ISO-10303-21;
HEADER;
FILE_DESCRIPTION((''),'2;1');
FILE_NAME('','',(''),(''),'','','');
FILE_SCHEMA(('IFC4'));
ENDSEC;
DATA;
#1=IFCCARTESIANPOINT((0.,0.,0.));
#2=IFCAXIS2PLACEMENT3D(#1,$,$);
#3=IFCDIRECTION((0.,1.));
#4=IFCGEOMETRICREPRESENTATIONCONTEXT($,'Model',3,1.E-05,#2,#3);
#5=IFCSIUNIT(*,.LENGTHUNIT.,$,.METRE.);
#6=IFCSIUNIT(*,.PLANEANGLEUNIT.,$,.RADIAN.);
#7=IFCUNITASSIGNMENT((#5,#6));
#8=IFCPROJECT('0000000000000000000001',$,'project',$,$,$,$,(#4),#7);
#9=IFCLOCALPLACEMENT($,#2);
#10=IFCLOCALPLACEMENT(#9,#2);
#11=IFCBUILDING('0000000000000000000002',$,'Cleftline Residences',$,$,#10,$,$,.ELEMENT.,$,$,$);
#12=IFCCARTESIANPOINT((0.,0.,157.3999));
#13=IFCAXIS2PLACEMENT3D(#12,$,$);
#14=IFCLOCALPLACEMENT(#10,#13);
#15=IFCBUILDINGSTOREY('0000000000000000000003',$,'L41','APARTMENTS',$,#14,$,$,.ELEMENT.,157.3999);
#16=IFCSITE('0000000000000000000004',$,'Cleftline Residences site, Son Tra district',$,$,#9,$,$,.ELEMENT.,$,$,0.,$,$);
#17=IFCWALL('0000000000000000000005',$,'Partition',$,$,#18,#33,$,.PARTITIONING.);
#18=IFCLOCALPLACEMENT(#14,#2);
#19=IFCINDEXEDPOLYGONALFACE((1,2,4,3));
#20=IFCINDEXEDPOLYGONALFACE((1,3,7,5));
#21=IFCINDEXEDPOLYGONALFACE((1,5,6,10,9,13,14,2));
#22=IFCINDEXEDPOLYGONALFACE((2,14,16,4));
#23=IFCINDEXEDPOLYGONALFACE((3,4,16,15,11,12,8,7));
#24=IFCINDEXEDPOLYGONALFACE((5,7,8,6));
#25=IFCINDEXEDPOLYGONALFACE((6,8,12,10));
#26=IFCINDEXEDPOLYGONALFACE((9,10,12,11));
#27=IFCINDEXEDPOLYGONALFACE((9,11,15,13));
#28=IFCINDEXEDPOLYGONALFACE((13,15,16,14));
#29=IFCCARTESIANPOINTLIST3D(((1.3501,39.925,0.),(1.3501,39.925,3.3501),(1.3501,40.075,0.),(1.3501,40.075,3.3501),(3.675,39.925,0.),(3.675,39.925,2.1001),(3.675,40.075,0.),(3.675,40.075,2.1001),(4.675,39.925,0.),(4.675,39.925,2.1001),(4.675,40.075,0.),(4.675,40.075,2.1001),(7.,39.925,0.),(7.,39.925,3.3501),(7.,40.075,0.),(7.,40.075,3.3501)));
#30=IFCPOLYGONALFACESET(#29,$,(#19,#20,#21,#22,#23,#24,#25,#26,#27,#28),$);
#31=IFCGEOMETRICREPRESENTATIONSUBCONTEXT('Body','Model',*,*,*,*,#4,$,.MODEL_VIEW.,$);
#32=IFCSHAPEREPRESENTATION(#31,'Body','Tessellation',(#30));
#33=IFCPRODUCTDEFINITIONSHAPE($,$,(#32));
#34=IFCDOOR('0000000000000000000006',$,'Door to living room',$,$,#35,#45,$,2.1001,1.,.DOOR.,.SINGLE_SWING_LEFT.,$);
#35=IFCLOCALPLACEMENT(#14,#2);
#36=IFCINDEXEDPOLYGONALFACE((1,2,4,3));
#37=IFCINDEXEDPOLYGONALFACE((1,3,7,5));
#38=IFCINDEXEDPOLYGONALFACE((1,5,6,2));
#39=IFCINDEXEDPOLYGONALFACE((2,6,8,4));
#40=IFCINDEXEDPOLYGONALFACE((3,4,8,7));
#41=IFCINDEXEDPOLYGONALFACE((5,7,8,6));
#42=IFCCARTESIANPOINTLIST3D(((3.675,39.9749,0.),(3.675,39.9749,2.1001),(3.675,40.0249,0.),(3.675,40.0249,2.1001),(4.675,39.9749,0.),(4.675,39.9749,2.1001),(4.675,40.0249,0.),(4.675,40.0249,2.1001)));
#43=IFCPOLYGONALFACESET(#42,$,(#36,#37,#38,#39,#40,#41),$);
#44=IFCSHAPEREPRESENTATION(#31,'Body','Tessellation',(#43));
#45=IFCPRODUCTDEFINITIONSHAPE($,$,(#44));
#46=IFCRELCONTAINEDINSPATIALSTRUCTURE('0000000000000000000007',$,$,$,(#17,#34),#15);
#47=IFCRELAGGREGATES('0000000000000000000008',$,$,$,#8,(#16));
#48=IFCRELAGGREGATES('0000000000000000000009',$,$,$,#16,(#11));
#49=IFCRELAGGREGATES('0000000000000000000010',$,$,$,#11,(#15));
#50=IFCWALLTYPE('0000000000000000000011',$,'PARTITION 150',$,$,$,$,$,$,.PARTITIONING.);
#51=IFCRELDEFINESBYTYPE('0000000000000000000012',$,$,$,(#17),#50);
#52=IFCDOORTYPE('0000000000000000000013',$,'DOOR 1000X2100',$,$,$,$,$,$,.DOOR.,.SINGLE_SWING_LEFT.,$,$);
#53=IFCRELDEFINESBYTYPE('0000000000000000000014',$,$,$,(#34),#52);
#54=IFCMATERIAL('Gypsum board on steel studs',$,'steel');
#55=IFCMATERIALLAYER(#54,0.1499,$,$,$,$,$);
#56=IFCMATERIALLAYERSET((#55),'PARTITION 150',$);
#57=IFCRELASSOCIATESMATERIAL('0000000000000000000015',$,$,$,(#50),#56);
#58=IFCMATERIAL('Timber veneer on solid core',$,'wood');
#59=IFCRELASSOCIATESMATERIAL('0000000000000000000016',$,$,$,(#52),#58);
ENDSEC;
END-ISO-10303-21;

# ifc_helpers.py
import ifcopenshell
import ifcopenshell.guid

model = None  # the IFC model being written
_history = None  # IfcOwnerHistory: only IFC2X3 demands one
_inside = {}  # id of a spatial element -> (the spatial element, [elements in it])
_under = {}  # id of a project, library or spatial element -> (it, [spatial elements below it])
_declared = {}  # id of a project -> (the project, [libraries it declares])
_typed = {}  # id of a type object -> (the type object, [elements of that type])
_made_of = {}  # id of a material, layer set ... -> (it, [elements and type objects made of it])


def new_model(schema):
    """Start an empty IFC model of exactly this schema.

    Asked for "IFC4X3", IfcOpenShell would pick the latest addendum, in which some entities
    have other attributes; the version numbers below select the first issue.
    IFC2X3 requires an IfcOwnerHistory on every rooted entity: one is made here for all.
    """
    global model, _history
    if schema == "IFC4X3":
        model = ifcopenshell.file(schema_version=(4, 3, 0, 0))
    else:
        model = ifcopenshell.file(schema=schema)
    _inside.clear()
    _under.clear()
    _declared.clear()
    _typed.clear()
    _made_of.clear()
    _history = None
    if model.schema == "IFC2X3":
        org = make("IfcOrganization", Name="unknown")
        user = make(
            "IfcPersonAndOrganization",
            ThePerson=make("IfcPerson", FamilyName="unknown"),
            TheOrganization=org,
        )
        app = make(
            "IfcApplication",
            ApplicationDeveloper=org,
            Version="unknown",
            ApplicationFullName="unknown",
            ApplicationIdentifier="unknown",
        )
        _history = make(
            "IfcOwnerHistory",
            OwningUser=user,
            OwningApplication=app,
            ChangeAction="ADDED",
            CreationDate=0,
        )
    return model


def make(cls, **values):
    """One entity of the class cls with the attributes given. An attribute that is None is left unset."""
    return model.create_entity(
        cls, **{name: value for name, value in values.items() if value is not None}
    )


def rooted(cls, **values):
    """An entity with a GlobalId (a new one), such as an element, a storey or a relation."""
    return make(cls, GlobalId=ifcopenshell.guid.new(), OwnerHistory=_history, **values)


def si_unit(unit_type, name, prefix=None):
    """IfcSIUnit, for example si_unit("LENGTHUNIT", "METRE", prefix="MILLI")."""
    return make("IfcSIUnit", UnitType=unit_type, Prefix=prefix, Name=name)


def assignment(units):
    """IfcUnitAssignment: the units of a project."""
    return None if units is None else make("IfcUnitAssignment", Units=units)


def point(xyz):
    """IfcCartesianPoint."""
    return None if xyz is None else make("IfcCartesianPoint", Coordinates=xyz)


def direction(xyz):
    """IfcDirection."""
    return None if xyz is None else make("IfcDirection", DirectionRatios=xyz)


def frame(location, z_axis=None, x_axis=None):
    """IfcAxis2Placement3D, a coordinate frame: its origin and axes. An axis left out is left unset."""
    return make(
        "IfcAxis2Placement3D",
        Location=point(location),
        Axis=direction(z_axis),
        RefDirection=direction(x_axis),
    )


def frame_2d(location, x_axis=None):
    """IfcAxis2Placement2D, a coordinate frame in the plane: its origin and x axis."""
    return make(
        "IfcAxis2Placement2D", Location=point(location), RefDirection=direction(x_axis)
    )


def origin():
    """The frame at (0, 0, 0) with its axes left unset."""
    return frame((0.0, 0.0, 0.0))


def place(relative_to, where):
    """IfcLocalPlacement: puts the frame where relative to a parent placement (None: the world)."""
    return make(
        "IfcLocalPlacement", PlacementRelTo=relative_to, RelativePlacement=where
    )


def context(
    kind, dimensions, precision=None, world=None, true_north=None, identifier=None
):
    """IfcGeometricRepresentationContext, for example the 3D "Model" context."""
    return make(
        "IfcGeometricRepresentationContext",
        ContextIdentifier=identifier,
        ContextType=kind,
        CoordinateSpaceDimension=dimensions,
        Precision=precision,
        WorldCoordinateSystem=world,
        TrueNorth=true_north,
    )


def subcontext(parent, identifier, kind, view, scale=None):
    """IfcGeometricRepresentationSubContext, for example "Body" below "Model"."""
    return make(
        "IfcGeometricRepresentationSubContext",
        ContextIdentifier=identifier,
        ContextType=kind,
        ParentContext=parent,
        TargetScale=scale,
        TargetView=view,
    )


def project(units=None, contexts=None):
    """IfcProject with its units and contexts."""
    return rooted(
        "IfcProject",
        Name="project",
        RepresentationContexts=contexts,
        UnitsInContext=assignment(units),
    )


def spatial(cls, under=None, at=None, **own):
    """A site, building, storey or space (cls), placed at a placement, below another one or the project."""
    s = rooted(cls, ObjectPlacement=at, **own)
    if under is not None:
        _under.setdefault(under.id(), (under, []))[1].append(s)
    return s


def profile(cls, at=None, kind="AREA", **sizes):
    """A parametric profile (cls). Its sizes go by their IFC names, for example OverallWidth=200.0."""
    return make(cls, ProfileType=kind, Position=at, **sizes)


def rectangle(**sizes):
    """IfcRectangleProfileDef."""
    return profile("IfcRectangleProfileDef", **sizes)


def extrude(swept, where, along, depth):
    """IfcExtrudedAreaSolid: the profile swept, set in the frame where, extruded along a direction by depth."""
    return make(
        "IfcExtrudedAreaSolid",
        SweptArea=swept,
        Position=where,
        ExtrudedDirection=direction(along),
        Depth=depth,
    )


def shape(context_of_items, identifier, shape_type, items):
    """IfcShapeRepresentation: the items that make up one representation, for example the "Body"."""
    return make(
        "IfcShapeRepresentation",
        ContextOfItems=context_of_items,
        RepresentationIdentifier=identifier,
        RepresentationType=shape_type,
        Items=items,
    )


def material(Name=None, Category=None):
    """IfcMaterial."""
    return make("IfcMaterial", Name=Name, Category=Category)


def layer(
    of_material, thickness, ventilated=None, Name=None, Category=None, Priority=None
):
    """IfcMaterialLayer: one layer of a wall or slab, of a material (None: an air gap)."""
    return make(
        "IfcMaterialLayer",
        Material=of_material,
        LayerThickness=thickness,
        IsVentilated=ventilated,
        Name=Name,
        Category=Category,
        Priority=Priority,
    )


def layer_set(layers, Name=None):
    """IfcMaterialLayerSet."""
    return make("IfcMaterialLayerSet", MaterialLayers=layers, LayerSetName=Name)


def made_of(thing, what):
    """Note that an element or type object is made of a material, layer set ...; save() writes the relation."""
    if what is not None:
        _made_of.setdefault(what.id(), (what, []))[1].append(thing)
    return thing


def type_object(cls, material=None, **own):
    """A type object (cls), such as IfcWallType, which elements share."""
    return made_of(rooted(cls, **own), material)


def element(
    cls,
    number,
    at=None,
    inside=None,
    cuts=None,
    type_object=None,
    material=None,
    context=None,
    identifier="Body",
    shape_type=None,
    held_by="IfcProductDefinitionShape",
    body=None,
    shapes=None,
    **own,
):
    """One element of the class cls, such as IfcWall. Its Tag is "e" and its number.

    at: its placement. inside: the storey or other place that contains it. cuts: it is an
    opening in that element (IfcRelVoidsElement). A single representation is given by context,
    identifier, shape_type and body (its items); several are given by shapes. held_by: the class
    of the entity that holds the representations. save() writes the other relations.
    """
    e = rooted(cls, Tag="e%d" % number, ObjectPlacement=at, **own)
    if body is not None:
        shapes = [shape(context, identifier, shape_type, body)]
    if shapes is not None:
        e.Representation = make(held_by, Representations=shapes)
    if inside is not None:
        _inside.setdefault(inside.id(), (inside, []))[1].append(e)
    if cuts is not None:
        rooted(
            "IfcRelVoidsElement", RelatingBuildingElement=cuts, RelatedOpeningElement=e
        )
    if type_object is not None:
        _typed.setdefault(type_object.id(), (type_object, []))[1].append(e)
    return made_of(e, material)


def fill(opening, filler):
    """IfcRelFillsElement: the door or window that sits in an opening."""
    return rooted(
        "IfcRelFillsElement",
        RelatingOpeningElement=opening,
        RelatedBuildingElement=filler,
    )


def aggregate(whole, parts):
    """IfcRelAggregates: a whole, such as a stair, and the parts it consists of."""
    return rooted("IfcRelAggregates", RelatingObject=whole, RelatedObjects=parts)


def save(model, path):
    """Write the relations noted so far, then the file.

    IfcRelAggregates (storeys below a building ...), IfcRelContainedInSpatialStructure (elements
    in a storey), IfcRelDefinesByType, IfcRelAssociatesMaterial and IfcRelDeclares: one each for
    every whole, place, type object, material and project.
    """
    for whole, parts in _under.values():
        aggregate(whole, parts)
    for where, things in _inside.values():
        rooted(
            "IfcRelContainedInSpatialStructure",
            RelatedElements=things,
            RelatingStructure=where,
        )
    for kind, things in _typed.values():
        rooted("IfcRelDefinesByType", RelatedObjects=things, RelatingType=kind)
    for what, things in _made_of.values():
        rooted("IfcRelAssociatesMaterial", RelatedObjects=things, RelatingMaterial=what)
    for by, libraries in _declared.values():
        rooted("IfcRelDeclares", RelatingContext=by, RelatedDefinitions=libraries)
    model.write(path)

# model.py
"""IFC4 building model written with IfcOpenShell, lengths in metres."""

from ifc_helpers import new_model, si_unit, direction, frame, frame_2d, origin, place, context, subcontext, project, spatial, rectangle, extrude, material, layer, layer_set, type_object, element, fill, save


model = new_model("IFC4")

# Units and contexts
model_context = context("Model", 3, precision=1e-05, world=origin(), true_north=direction((0.0, 1.0)))
body_context = subcontext(model_context, "Body", "Model", "MODEL_VIEW")
ifc_project = project(units=[si_unit("LENGTHUNIT", "METRE"), si_unit("PLANEANGLEUNIT", "RADIAN")], contexts=[model_context])

# Site, building, storey
site_placement = place(None, origin())
site = spatial("IfcSite", under=ifc_project, at=site_placement, Name="Cleftline Residences site, Son Tra district", CompositionType="ELEMENT", RefElevation=0.0)
building_placement = place(site_placement, origin())
building = spatial("IfcBuilding", under=site, at=building_placement, Name="Cleftline Residences", CompositionType="ELEMENT")
storey_placement = place(building_placement, frame((0.0, 0.0, 157.3999)))
storey = spatial("IfcBuildingStorey", under=building, at=storey_placement, Name="L41", Description="APARTMENTS", CompositionType="ELEMENT", Elevation=157.3999)

# Wall, opening, door
ifc_material_1 = material(Name="Gypsum board on steel studs", Category="steel")
ifc_layer_1 = layer(ifc_material_1, 0.1499)
ifc_layer_set_1 = layer_set([ifc_layer_1], Name="PARTITION 150")
wall_type_1 = type_object("IfcWallType", Name="PARTITION 150", PredefinedType="PARTITIONING", material=ifc_layer_set_1)
wall_1_placement = place(storey_placement, frame((1.3501, 40.0, 0.0), z_axis=(0.0, 0.0, 1.0), x_axis=(1.0, 0.0, 0.0)))
wall_1 = element("IfcWall", 1, at=wall_1_placement, inside=storey, type_object=wall_type_1, Name="Partition", PredefinedType="PARTITIONING", context=body_context, shape_type="SweptSolid", body=[
    extrude(rectangle(XDim=5.6499, YDim=0.1499, at=frame_2d((2.825, 0.0))), origin(), (0.0, 0.0, 1.0), 3.3501),
])
opening_1_placement = place(wall_1_placement, frame((2.325, 0.0, 0.0)))
opening_1 = element("IfcOpeningElement", 2, at=opening_1_placement, cuts=wall_1, PredefinedType="OPENING", context=body_context, shape_type="SweptSolid", body=[
    extrude(rectangle(XDim=1.0, YDim=2.1001, at=frame_2d((0.5, 1.05))), frame((0.0, 0.085, 0.0), z_axis=(0.0, -1.0, 0.0), x_axis=(1.0, 0.0, 0.0)), (0.0, 0.0, 1.0), 0.1699),
])
ifc_material_2 = material(Name="Timber veneer on solid core", Category="wood")
door_type = type_object("IfcDoorType", Name="DOOR 1000X2100", OperationType="SINGLE_SWING_LEFT", PredefinedType="DOOR", material=ifc_material_2)
door_placement = place(opening_1_placement, origin())
door = element("IfcDoor", 3, at=door_placement, inside=storey, type_object=door_type, Name="Door to living room", OperationType="SINGLE_SWING_LEFT", OverallHeight=2.1001, OverallWidth=1.0, PredefinedType="DOOR", context=body_context, shape_type="SweptSolid", body=[
    extrude(rectangle(XDim=1.0, YDim=2.1001, at=frame_2d((0.5, 1.05))), frame((0.0, 0.0249, 0.0), z_axis=(0.0, -1.0, 0.0), x_axis=(1.0, 0.0, 0.0)), (0.0, 0.0, 1.0), 0.05),
])
fill(opening_1, door)

save(model, "model.ifc")
